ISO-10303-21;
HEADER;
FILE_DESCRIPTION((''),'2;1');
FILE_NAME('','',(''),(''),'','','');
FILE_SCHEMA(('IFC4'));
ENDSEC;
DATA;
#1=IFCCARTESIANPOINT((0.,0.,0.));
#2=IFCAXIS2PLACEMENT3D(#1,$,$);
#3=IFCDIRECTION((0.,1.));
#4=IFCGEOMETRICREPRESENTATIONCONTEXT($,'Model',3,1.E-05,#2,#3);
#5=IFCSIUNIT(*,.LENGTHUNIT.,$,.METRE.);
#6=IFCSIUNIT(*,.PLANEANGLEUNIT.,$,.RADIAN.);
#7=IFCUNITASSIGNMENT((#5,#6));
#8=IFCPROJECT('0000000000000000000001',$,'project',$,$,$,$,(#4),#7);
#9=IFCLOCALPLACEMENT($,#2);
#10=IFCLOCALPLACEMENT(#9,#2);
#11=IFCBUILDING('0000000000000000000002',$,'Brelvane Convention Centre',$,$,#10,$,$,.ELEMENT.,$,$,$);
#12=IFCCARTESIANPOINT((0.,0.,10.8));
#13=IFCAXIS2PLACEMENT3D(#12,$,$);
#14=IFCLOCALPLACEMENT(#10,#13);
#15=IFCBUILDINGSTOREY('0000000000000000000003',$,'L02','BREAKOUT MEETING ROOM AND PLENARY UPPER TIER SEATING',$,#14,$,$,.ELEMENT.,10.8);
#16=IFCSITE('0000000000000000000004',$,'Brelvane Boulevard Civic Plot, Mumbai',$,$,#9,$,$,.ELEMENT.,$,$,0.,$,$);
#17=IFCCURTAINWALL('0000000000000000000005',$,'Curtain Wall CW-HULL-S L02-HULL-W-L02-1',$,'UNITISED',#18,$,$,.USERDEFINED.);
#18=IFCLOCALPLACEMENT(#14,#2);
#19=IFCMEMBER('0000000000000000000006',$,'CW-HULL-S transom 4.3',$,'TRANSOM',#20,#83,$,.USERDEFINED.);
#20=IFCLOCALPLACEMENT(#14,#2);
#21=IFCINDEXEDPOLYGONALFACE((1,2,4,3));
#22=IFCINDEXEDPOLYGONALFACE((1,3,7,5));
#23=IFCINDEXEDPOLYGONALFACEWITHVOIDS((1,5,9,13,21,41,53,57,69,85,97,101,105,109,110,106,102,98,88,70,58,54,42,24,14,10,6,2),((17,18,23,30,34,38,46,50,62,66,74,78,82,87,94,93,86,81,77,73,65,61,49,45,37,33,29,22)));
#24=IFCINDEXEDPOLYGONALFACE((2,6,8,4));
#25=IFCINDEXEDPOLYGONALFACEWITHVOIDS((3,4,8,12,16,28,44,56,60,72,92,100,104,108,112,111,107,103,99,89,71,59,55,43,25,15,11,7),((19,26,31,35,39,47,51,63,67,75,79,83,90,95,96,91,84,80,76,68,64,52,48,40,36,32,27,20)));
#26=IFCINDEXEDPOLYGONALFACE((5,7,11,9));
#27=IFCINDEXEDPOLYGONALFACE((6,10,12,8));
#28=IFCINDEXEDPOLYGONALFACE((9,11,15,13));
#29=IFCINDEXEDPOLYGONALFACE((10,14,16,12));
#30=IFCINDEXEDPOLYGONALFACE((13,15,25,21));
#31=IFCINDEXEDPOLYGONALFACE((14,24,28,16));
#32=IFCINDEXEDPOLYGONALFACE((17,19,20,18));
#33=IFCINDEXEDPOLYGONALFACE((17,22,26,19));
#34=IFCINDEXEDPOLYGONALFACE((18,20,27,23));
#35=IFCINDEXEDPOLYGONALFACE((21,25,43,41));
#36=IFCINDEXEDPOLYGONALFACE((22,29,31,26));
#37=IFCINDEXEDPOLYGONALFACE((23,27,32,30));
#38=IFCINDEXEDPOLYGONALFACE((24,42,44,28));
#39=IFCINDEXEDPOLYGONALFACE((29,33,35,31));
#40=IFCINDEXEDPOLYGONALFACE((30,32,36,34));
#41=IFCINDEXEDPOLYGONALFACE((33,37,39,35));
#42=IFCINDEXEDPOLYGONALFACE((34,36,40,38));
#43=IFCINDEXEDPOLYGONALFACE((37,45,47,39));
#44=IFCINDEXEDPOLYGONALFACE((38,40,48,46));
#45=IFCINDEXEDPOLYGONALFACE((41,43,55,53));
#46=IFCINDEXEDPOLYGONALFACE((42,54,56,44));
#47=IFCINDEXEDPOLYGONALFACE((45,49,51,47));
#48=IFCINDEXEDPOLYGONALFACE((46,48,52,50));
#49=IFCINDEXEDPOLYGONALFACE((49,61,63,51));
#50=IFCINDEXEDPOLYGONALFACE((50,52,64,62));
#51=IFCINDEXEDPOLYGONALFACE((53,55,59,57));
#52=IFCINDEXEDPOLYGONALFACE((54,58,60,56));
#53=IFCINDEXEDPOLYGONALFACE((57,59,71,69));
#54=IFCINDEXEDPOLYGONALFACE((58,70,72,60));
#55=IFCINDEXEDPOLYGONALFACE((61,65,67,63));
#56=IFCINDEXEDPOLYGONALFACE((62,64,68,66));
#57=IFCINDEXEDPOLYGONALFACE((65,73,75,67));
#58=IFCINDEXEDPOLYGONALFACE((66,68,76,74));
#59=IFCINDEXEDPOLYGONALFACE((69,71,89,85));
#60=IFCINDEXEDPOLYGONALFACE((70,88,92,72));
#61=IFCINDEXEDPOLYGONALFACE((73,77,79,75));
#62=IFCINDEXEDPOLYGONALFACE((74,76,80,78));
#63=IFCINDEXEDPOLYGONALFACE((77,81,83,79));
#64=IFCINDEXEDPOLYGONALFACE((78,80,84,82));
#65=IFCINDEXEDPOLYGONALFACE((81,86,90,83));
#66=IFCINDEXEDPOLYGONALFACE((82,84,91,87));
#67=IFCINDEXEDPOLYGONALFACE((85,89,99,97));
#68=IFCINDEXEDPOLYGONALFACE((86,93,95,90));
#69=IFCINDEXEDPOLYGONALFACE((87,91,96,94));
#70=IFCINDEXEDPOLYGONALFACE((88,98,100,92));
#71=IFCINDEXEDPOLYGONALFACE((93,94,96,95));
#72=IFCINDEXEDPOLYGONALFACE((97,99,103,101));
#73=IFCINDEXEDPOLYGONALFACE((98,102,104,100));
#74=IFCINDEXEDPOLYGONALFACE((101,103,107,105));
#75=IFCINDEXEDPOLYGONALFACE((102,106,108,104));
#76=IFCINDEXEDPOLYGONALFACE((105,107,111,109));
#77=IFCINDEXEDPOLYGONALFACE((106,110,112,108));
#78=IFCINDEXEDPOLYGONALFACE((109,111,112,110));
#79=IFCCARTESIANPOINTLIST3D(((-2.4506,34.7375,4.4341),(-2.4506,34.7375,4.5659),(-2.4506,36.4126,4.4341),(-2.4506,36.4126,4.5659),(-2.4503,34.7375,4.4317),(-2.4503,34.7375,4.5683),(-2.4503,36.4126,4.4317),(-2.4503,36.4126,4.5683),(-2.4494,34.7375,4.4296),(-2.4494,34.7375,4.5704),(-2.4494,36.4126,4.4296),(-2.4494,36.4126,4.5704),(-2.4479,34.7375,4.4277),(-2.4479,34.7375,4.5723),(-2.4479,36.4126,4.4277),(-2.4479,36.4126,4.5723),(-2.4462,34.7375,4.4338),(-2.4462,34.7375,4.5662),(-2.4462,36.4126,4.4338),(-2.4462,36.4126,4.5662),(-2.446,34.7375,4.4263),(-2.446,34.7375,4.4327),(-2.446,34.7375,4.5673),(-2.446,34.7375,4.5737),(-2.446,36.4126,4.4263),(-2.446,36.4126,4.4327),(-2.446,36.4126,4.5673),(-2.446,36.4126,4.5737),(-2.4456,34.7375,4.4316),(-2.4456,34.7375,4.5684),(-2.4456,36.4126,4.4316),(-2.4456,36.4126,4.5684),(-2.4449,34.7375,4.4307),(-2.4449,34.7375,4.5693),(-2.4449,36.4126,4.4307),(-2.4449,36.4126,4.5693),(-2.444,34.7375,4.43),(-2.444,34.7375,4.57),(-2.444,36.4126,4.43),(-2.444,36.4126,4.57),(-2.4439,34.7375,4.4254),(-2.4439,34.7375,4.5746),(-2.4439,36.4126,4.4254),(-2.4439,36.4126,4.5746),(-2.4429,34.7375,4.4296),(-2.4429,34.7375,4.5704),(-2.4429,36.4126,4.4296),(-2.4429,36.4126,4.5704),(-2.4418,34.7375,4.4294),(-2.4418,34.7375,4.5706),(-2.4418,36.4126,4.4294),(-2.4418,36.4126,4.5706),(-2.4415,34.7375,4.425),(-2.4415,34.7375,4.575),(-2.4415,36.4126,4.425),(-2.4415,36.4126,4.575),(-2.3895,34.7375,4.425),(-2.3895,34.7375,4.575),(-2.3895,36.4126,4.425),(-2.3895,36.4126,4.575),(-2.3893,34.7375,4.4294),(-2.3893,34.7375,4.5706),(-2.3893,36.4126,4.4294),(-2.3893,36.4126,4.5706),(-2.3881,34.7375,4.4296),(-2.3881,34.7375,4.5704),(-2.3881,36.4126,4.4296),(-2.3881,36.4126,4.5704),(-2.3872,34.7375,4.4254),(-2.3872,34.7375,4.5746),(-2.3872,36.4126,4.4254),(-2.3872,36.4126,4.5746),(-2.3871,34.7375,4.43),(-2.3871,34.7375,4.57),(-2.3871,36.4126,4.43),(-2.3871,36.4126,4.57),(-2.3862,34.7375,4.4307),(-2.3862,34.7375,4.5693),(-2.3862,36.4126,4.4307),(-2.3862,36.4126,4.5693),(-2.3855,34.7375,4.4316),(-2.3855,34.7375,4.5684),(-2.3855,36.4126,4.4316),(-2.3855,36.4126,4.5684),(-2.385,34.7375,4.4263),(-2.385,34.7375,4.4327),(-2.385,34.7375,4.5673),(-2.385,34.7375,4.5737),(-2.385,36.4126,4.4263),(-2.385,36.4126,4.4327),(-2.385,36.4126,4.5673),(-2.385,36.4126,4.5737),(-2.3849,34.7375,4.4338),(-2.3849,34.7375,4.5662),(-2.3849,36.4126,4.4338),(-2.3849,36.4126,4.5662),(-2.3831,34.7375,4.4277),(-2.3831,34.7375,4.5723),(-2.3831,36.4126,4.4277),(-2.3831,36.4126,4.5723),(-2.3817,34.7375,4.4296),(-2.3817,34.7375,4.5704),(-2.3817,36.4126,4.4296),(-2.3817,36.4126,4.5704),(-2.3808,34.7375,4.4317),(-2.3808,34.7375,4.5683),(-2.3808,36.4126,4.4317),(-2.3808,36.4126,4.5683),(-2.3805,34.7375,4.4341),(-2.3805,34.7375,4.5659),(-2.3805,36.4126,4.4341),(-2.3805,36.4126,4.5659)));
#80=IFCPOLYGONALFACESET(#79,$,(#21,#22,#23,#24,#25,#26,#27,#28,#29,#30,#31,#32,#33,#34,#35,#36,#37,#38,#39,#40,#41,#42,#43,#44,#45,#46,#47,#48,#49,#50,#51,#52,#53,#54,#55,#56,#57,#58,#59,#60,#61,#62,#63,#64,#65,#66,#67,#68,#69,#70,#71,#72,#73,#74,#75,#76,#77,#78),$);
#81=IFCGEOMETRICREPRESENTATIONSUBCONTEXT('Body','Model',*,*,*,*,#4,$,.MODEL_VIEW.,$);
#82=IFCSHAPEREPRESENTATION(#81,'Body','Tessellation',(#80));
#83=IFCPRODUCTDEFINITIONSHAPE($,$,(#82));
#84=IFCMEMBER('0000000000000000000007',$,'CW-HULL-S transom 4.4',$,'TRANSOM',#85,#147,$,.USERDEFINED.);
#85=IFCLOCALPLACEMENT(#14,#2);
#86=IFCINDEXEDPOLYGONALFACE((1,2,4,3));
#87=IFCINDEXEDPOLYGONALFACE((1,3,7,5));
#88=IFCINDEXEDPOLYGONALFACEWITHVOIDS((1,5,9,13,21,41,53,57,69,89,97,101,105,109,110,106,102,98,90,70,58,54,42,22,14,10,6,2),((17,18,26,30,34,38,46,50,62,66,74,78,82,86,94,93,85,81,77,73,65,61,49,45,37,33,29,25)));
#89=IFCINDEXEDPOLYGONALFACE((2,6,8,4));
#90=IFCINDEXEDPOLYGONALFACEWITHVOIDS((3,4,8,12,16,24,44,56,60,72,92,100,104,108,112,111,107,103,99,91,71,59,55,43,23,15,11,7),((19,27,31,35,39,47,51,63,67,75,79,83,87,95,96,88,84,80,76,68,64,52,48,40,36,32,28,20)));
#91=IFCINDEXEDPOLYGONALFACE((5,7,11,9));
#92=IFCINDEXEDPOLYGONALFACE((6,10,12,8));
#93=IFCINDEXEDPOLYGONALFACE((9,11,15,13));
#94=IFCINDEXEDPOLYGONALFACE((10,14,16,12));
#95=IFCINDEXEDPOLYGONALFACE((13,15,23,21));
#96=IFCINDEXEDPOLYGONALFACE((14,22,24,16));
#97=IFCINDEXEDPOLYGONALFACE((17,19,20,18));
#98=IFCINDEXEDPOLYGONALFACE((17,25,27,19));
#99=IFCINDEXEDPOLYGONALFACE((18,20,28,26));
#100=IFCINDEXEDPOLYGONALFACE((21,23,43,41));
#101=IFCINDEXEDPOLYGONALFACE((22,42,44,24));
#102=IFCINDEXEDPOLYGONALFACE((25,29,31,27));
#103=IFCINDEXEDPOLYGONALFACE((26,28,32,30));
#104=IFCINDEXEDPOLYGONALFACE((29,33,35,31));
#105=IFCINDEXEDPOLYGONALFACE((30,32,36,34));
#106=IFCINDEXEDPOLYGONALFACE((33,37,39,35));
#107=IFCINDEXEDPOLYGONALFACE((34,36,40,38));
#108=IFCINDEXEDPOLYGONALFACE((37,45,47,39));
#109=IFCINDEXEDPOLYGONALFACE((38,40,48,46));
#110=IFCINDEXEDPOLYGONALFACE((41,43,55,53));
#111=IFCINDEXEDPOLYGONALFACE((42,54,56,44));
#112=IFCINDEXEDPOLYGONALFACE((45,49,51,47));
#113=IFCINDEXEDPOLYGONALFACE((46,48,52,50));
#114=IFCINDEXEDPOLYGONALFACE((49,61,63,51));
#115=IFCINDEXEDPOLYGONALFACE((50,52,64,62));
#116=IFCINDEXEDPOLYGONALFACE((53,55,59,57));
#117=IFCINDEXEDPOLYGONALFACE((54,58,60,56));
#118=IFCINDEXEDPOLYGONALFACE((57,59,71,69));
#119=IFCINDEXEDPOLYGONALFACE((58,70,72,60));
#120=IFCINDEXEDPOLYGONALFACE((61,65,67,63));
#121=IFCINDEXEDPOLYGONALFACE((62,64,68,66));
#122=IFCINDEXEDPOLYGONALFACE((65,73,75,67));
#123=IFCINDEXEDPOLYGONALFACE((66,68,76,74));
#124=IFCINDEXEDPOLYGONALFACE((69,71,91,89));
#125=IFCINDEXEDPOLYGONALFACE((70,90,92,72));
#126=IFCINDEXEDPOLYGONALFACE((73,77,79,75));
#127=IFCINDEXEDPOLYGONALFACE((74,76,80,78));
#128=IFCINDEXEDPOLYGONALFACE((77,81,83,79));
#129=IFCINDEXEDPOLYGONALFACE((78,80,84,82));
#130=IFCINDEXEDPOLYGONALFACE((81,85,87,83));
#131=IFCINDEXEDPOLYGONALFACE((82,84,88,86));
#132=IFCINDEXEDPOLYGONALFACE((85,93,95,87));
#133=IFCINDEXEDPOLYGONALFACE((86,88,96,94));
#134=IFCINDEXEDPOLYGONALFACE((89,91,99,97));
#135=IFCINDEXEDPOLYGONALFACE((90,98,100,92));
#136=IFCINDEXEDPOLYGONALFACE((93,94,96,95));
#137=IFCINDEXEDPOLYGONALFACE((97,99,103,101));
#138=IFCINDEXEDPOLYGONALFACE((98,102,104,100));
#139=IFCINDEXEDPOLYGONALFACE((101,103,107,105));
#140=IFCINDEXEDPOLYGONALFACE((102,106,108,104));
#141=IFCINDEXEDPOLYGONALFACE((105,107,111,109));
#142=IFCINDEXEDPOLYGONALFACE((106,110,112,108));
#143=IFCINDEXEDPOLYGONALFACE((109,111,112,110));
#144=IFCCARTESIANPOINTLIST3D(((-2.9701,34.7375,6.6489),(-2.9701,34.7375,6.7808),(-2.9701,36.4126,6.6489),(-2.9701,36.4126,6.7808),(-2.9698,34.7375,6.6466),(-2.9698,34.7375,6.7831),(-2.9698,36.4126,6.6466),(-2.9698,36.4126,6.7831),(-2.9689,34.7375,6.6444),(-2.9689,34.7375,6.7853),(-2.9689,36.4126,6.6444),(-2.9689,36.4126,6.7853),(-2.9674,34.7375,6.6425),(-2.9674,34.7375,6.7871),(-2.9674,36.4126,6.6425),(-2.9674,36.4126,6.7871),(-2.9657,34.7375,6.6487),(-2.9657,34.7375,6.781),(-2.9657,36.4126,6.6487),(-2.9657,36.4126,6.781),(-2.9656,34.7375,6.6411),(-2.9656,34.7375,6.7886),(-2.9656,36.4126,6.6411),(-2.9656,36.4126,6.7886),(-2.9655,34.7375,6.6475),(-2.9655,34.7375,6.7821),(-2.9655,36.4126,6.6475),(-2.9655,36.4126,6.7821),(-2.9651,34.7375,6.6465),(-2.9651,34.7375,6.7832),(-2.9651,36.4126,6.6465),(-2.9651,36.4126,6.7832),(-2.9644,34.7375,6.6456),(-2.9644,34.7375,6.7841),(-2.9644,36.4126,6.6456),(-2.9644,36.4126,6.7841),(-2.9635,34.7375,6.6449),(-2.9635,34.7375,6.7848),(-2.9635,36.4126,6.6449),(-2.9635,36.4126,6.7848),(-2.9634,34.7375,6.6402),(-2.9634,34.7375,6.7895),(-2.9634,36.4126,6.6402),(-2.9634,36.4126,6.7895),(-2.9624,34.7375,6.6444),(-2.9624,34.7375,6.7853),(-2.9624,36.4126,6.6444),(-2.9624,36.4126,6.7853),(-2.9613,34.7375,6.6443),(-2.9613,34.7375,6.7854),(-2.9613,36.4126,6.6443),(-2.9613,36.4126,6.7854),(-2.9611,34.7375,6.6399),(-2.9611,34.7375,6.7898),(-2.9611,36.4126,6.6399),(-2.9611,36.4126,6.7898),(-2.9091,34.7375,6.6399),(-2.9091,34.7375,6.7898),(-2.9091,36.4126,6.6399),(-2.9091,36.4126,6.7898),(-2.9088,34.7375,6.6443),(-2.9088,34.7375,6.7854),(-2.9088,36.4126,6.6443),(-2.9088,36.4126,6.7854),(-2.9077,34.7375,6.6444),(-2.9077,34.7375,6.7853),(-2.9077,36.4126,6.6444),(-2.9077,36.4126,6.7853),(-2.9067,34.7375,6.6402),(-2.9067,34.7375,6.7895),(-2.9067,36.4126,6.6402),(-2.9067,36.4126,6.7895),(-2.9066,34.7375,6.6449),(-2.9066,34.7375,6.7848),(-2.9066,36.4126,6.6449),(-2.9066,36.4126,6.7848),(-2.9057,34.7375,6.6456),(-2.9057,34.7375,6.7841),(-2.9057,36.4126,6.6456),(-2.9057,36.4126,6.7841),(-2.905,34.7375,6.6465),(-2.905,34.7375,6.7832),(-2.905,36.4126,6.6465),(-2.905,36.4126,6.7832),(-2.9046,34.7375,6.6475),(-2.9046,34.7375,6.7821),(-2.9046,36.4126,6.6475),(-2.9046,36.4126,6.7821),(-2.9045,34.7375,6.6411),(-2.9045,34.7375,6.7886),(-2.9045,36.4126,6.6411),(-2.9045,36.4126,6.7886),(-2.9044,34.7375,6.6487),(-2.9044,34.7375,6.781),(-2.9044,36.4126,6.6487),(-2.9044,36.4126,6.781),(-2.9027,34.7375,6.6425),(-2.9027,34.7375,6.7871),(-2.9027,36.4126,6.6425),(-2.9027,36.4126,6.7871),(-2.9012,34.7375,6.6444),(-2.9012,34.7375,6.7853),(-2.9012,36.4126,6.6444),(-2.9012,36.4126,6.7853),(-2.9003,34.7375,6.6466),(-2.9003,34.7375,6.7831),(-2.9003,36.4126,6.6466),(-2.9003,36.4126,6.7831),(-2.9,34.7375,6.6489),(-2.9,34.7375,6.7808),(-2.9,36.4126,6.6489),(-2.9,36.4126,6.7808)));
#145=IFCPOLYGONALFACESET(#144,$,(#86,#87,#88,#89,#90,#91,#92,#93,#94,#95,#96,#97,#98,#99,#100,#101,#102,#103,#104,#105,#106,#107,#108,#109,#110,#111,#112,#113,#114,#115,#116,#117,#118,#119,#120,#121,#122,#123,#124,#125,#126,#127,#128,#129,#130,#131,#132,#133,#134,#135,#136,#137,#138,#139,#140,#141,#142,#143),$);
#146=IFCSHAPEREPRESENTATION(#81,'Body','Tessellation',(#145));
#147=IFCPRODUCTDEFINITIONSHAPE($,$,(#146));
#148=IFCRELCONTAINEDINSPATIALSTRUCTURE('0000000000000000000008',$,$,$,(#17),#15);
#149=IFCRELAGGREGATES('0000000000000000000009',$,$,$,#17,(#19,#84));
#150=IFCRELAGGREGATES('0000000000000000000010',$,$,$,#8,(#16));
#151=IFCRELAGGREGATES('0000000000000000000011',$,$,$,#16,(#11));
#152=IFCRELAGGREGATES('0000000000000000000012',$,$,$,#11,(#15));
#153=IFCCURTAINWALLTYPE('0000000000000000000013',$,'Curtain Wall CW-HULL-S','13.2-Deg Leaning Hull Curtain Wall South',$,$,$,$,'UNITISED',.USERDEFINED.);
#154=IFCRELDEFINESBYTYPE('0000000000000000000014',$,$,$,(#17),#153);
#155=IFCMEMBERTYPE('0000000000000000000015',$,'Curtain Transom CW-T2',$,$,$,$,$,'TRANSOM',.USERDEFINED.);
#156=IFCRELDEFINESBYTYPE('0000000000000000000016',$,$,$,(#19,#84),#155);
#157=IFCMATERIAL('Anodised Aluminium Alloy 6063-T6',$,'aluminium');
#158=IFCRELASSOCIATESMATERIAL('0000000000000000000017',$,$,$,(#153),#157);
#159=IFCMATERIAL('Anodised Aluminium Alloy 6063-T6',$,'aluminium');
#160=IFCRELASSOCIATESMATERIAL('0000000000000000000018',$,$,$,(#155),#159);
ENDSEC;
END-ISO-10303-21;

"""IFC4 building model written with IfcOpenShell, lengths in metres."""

from ifc_helpers import new_model, si_unit, direction, frame, origin, origin_2d, place, context, subcontext, project, spatial, hollow_rectangle, extrude, material, material_profile, profile_set, type_object, element, aggregate, save


model = new_model("IFC4")

# Units and contexts
model_context = context("Model", 3, precision=1e-05, world=origin(), true_north=direction((0.0, 1.0)))
body_context = subcontext(model_context, "Body", "Model", "MODEL_VIEW")
ifc_project = project(units=[si_unit("LENGTHUNIT", "METRE"), si_unit("PLANEANGLEUNIT", "RADIAN")], contexts=[model_context])

# Site, building, storey
site_placement = place(None, origin())
site = spatial("IfcSite", under=ifc_project, at=site_placement, Name="Brelvane Boulevard Civic Plot, Mumbai", CompositionType="ELEMENT", RefElevation=0.0)
building_placement = place(site_placement, origin())
building = spatial("IfcBuilding", under=site, at=building_placement, Name="Brelvane Convention Centre", CompositionType="ELEMENT")
storey_placement = place(building_placement, frame((0.0, 0.0, 10.8)))
storey = spatial("IfcBuildingStorey", under=building, at=storey_placement, Name="L02", Description="BREAKOUT MEETING ROOM AND PLENARY UPPER TIER SEATING", CompositionType="ELEMENT", Elevation=10.8)

# Curtain wall, members
ifc_material_1 = material(Name="Anodised Aluminium Alloy 6063-T6", Category="aluminium")
curtain_wall_type = type_object("IfcCurtainWallType", Name="Curtain Wall CW-HULL-S", Description="13.2-Deg Leaning Hull Curtain Wall South", ElementType="UNITISED", PredefinedType="USERDEFINED", material=ifc_material_1)
curtain_wall_1_placement = place(storey_placement, origin())
curtain_wall_1 = element("IfcCurtainWall", 1, at=curtain_wall_1_placement, inside=storey, type_object=curtain_wall_type, Name="Curtain Wall CW-HULL-S L02-HULL-W-L02-1", ObjectType="UNITISED", PredefinedType="USERDEFINED")
ifc_material_2 = material(Name="Anodised Aluminium Alloy 6063-T6", Category="aluminium")
ifc_material_profile = material_profile(ifc_material_2, hollow_rectangle(XDim=0.0701, YDim=0.1499, WallThickness=0.0044, InnerFilletRadius=0.0044, OuterFilletRadius=0.009, at=origin_2d()), Name="ALU-T 150x70x4.5")
ifc_profile_set = profile_set([ifc_material_profile], Name="Anodised Aluminium Alloy 6063-T6")
member_type = type_object("IfcMemberType", Name="Curtain Transom CW-T2", ElementType="TRANSOM", PredefinedType="USERDEFINED", material=ifc_profile_set)
member_1_placement = place(storey_placement, frame((-2.4155, 34.7375, 4.5), z_axis=(0.0, 1.0, 0.0), x_axis=(-1.0, 0.0, 0.0)))
member_1 = element("IfcMember", 2, at=member_1_placement, type_object=member_type, Name="CW-HULL-S transom 4.3", ObjectType="TRANSOM", PredefinedType="USERDEFINED", context=body_context, shape_type="SweptSolid", body=[
    extrude(hollow_rectangle(XDim=0.0701, YDim=0.1499, WallThickness=0.0044, InnerFilletRadius=0.0044, OuterFilletRadius=0.009, at=origin_2d()), origin(), (0.0, 0.0, 1.0), 1.675),
])
member_2_placement = place(storey_placement, frame((-2.9351, 34.7375, 6.7148), z_axis=(0.0, 1.0, 0.0), x_axis=(-1.0, 0.0, 0.0)))
member_2 = element("IfcMember", 3, at=member_2_placement, type_object=member_type, Name="CW-HULL-S transom 4.4", ObjectType="TRANSOM", PredefinedType="USERDEFINED", context=body_context, shape_type="SweptSolid", body=[
    extrude(hollow_rectangle(XDim=0.0701, YDim=0.1499, WallThickness=0.0044, InnerFilletRadius=0.0044, OuterFilletRadius=0.009, at=origin_2d()), origin(), (0.0, 0.0, 1.0), 1.675),
])

aggregate(curtain_wall_1, [member_1, member_2])

save(model, "model.ifc")
